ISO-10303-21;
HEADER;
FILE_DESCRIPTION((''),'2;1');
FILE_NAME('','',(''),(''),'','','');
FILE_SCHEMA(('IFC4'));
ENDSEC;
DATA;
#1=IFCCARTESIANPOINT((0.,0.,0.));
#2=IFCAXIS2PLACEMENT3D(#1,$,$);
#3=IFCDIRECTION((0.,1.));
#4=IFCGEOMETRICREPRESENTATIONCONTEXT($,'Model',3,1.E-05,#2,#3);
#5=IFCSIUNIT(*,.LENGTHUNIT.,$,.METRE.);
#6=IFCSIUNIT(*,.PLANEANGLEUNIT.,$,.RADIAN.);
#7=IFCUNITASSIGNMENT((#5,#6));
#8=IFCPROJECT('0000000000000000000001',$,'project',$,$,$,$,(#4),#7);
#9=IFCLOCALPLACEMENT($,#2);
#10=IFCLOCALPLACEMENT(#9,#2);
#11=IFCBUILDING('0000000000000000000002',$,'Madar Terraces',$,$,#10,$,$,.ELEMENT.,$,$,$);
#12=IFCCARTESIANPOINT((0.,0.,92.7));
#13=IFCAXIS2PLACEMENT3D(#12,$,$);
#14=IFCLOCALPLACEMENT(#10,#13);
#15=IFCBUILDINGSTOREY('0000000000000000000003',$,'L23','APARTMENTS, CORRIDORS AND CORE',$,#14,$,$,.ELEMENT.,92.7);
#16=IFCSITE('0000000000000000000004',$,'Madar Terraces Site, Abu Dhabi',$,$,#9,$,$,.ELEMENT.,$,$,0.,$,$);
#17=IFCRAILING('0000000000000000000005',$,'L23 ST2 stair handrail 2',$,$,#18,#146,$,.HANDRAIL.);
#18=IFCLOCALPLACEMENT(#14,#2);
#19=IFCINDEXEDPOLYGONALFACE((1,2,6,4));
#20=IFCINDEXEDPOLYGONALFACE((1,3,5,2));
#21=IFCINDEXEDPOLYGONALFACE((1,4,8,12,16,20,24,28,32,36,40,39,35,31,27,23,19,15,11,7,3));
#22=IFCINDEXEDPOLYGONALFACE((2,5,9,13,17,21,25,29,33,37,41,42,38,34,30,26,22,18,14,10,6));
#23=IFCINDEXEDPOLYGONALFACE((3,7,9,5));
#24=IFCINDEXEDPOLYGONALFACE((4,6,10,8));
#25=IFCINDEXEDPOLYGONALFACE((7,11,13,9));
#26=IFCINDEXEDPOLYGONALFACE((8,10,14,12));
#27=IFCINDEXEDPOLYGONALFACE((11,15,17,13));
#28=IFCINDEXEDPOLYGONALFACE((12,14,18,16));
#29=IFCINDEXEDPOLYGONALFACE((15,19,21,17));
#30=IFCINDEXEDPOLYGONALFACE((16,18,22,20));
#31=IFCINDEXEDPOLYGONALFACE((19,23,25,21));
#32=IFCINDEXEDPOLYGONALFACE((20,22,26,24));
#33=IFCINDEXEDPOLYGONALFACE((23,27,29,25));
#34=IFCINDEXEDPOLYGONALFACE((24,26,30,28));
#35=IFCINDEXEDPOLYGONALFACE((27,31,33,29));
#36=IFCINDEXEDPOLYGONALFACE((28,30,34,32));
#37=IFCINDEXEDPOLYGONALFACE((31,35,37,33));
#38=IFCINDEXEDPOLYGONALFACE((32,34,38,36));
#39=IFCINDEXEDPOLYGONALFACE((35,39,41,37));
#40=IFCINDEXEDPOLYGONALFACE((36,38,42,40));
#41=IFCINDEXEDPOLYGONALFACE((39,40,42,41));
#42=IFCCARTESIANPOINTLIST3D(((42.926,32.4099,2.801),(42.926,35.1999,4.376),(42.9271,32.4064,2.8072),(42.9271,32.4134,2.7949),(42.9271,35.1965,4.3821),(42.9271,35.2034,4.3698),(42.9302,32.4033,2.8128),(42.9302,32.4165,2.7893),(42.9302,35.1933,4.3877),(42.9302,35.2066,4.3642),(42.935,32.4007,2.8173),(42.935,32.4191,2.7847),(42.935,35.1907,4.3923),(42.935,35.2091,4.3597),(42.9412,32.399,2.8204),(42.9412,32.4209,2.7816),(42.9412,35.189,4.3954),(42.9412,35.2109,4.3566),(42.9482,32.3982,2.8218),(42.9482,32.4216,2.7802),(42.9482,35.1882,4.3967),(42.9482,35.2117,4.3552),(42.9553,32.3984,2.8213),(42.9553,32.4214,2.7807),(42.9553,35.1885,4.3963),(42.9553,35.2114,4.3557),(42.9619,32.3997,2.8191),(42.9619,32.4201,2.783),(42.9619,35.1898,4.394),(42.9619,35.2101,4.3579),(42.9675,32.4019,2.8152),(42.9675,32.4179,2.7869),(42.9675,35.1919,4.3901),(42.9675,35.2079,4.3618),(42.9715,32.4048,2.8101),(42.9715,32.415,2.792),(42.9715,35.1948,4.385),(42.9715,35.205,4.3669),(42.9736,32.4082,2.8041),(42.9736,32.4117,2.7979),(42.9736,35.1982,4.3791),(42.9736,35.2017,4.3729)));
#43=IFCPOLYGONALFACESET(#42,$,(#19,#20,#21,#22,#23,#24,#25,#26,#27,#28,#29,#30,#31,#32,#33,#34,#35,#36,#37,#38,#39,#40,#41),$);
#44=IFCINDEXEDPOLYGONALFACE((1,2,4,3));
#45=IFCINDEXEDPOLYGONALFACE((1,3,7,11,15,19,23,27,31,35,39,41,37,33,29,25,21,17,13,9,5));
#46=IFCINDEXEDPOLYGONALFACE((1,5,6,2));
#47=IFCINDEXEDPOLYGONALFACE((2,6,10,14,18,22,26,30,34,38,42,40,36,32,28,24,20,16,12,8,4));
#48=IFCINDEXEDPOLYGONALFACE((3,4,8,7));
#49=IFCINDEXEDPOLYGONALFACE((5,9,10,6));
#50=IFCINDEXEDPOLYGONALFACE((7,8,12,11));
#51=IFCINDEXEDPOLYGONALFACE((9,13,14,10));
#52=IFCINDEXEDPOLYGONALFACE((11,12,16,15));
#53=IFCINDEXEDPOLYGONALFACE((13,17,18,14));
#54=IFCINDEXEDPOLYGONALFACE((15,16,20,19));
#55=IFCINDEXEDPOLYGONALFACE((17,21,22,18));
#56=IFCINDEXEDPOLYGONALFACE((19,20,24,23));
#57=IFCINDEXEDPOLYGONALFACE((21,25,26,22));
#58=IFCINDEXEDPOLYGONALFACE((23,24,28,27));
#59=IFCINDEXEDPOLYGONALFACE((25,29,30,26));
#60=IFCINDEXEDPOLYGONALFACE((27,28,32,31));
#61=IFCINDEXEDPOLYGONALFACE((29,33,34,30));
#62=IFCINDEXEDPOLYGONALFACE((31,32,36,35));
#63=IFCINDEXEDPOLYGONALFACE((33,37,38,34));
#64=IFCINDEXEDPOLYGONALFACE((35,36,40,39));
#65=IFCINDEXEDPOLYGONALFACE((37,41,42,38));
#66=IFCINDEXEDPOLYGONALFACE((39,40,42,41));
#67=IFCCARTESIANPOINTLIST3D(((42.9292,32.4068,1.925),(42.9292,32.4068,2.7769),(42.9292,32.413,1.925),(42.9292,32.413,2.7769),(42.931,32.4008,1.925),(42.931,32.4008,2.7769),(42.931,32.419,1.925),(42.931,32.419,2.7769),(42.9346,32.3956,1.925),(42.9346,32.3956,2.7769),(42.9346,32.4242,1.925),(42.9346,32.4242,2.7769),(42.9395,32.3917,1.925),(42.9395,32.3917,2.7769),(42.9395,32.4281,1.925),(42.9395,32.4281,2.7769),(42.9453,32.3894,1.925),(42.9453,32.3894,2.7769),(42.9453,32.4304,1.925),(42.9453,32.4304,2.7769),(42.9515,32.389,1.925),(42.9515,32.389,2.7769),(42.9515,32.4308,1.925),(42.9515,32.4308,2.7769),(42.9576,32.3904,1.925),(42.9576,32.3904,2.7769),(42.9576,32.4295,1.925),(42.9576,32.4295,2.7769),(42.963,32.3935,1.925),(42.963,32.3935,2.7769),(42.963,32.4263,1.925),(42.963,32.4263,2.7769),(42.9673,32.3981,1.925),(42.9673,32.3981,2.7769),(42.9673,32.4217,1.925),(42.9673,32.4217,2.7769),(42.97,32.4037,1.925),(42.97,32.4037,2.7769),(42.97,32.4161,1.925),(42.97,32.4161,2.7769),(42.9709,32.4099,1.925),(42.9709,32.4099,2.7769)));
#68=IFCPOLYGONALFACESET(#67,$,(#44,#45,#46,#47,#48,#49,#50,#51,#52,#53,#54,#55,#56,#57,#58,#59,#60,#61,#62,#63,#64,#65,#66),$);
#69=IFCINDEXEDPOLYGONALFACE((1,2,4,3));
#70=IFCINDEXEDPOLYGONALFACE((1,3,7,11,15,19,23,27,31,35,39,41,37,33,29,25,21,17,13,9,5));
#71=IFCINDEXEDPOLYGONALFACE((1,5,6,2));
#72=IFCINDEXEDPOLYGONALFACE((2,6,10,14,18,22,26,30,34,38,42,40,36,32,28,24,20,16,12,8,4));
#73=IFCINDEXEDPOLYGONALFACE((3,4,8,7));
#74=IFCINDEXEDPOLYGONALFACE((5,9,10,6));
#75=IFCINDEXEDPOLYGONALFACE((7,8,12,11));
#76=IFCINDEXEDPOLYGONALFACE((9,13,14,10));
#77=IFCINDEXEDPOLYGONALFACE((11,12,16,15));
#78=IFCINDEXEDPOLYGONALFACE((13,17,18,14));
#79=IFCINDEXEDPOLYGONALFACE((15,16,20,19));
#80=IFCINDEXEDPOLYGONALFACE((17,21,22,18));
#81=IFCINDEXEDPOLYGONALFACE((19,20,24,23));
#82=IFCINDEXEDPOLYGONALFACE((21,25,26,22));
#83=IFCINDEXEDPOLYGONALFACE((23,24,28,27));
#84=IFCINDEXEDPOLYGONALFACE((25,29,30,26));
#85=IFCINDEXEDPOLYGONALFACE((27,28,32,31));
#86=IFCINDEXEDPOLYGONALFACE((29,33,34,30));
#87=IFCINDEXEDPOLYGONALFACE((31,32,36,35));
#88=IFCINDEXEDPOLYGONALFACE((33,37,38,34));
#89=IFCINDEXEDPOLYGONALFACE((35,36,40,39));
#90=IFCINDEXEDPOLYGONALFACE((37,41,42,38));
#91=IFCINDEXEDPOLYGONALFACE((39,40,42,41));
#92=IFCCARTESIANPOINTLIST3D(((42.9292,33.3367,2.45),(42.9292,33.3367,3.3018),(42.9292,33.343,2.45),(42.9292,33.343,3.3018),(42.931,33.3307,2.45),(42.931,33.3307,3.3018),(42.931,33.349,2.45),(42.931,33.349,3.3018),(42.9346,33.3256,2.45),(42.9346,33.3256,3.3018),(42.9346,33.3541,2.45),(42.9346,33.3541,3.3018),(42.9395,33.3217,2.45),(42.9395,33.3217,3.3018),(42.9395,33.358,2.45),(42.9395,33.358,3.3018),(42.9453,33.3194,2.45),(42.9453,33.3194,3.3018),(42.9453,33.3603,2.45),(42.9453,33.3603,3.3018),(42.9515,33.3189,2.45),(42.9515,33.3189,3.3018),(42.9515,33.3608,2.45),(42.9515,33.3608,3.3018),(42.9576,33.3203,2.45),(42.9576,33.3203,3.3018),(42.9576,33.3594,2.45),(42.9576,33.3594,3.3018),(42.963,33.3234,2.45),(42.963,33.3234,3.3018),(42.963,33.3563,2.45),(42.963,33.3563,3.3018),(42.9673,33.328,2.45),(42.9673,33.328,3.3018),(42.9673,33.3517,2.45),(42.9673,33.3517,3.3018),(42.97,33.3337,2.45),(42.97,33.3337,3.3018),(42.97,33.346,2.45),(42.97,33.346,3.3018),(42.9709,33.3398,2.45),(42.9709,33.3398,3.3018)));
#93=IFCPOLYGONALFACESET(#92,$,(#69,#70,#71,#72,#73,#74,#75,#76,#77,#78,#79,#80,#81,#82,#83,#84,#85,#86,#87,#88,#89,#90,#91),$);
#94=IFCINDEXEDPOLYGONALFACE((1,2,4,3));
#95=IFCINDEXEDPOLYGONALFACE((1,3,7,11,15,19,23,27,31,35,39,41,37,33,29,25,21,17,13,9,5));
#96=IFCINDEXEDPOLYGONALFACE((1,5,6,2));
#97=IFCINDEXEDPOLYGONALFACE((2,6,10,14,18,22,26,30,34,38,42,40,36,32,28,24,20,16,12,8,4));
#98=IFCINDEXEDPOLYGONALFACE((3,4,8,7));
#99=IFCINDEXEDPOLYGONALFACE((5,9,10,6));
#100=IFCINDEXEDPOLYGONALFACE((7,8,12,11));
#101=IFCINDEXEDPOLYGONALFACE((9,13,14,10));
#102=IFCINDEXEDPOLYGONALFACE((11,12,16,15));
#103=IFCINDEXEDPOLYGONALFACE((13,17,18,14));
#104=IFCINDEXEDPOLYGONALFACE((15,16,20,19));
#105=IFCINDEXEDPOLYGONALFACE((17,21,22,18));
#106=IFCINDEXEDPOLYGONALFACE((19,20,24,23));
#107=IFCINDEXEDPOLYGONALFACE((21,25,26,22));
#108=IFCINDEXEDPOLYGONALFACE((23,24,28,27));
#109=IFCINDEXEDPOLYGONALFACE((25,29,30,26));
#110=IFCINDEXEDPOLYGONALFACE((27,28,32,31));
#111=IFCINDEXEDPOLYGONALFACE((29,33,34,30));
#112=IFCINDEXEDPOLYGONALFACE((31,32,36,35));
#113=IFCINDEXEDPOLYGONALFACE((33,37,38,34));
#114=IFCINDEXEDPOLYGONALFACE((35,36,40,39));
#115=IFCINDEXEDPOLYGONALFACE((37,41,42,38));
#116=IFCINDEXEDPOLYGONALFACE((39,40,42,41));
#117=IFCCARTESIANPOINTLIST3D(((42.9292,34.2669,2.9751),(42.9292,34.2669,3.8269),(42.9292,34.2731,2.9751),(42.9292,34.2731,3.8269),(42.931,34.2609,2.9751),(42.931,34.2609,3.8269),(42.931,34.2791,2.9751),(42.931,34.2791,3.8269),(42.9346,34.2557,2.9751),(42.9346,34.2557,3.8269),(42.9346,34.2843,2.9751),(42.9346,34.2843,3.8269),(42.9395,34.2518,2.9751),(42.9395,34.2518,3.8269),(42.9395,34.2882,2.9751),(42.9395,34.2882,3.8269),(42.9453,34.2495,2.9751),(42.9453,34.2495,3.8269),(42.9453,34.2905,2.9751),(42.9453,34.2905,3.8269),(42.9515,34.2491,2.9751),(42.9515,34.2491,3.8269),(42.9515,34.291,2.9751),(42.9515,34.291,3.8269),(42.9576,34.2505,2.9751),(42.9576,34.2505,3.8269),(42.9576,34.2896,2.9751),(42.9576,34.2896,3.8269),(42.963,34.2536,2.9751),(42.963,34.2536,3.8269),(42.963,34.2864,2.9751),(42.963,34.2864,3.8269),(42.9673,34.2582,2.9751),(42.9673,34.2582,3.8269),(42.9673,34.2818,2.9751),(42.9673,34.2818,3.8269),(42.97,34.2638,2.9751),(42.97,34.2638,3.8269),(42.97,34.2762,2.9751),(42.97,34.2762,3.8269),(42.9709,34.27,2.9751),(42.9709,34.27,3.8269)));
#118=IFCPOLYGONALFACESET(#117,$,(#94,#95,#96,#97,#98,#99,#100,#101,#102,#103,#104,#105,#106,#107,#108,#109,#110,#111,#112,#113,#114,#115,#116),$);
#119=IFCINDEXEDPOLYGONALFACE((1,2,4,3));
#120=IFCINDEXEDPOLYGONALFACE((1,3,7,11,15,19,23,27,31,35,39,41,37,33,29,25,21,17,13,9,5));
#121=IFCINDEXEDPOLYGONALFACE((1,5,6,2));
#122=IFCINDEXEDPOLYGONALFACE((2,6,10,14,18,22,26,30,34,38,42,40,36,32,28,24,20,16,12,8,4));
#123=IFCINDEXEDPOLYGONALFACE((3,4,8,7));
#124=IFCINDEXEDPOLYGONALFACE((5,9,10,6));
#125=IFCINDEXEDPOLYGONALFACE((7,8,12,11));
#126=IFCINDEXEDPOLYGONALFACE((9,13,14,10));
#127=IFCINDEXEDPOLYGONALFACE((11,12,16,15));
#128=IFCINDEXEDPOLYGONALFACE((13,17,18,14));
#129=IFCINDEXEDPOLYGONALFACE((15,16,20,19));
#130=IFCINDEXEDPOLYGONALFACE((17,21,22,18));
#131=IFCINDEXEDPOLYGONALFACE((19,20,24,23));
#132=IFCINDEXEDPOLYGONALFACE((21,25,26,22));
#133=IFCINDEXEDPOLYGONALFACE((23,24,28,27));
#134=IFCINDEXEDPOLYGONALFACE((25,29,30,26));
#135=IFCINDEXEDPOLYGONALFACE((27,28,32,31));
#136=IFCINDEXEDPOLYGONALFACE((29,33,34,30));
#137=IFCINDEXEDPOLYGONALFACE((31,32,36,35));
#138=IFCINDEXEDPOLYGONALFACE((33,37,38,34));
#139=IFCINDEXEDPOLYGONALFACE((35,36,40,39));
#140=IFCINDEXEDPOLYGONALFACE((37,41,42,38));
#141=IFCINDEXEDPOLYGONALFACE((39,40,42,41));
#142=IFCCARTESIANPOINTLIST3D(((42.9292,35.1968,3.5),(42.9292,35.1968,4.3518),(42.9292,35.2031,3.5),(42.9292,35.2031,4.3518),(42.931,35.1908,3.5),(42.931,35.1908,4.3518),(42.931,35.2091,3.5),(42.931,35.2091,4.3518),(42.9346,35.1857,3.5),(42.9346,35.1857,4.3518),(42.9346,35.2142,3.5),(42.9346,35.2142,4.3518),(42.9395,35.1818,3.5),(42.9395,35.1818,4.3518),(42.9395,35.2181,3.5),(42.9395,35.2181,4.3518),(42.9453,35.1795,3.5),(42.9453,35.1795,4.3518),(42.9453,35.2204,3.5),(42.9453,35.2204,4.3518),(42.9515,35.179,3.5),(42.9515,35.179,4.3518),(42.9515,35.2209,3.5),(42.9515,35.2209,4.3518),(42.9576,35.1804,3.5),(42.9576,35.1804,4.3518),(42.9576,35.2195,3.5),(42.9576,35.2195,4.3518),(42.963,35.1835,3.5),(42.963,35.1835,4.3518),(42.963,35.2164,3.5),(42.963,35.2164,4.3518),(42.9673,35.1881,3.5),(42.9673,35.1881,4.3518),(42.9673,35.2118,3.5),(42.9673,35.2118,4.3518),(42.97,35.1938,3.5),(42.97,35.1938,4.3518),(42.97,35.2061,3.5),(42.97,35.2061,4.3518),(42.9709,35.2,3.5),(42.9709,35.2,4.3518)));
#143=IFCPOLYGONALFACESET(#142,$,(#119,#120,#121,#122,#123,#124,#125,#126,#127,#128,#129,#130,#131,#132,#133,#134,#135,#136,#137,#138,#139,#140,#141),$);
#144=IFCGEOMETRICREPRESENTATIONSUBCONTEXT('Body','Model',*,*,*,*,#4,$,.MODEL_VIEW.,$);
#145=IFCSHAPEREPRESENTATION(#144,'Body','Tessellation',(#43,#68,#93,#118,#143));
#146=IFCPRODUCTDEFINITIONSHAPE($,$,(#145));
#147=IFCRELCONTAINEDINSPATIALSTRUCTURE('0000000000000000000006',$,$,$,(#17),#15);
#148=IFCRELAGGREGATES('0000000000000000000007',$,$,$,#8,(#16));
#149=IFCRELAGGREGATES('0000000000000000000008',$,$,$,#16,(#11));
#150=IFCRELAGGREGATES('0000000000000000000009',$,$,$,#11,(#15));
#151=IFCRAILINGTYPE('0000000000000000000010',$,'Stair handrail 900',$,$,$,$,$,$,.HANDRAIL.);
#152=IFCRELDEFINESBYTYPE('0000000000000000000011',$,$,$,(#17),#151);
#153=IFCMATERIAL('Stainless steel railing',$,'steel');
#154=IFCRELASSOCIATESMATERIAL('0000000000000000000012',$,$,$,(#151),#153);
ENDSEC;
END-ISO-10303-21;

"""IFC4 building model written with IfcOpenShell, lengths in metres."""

from ifc_helpers import new_model, si_unit, direction, frame, origin, origin_2d, place, context, subcontext, project, spatial, circle, extrude, material, type_object, element, save


model = new_model("IFC4")

# Units and contexts
model_context = context("Model", 3, precision=1e-05, world=origin(), true_north=direction((0.0, 1.0)))
body_context = subcontext(model_context, "Body", "Model", "MODEL_VIEW")
ifc_project = project(units=[si_unit("LENGTHUNIT", "METRE"), si_unit("PLANEANGLEUNIT", "RADIAN")], contexts=[model_context])

# Site, building, storey
site_placement = place(None, origin())
site = spatial("IfcSite", under=ifc_project, at=site_placement, Name="Madar Terraces Site, Abu Dhabi", CompositionType="ELEMENT", RefElevation=0.0)
building_placement = place(site_placement, origin())
building = spatial("IfcBuilding", under=site, at=building_placement, Name="Madar Terraces", CompositionType="ELEMENT")
storey_placement = place(building_placement, frame((0.0, 0.0, 92.7)))
storey = spatial("IfcBuildingStorey", under=building, at=storey_placement, Name="L23", Description="APARTMENTS, CORRIDORS AND CORE", CompositionType="ELEMENT", Elevation=92.7)

# Railing
ifc_material_1 = material(Name="Stainless steel railing", Category="steel")
railing_type_1 = type_object("IfcRailingType", Name="Stair handrail 900", PredefinedType="HANDRAIL", material=ifc_material_1)
railing_1_placement = place(storey_placement, frame((42.95, 32.4099, 1.925)))
element("IfcRailing", 1, at=railing_1_placement, inside=storey, type_object=railing_type_1, Name="L23 ST2 stair handrail 2", PredefinedType="HANDRAIL", context=body_context, shape_type="SweptSolid", body=[
    extrude(circle(Radius=0.0239, at=origin_2d()), frame((0.0, 0.0, 0.876), z_axis=(0.0, 0.870834, 0.491578), x_axis=(-1.0, 0.0, 0.0)), (0.0, 0.0, 1.0), 3.2039),
    extrude(circle(Radius=0.021, at=origin_2d()), origin(), (0.0, 0.0, 1.0), 0.8518),
    extrude(circle(Radius=0.021, at=origin_2d()), frame((0.0, 0.9299, 0.5249)), (0.0, 0.0, 1.0), 0.8518),
    extrude(circle(Radius=0.021, at=origin_2d()), frame((0.0, 1.8601, 1.05)), (0.0, 0.0, 1.0), 0.8518),
    extrude(circle(Radius=0.021, at=origin_2d()), frame((0.0, 2.79, 1.575)), (0.0, 0.0, 1.0), 0.8518),
])

save(model, "model.ifc")
